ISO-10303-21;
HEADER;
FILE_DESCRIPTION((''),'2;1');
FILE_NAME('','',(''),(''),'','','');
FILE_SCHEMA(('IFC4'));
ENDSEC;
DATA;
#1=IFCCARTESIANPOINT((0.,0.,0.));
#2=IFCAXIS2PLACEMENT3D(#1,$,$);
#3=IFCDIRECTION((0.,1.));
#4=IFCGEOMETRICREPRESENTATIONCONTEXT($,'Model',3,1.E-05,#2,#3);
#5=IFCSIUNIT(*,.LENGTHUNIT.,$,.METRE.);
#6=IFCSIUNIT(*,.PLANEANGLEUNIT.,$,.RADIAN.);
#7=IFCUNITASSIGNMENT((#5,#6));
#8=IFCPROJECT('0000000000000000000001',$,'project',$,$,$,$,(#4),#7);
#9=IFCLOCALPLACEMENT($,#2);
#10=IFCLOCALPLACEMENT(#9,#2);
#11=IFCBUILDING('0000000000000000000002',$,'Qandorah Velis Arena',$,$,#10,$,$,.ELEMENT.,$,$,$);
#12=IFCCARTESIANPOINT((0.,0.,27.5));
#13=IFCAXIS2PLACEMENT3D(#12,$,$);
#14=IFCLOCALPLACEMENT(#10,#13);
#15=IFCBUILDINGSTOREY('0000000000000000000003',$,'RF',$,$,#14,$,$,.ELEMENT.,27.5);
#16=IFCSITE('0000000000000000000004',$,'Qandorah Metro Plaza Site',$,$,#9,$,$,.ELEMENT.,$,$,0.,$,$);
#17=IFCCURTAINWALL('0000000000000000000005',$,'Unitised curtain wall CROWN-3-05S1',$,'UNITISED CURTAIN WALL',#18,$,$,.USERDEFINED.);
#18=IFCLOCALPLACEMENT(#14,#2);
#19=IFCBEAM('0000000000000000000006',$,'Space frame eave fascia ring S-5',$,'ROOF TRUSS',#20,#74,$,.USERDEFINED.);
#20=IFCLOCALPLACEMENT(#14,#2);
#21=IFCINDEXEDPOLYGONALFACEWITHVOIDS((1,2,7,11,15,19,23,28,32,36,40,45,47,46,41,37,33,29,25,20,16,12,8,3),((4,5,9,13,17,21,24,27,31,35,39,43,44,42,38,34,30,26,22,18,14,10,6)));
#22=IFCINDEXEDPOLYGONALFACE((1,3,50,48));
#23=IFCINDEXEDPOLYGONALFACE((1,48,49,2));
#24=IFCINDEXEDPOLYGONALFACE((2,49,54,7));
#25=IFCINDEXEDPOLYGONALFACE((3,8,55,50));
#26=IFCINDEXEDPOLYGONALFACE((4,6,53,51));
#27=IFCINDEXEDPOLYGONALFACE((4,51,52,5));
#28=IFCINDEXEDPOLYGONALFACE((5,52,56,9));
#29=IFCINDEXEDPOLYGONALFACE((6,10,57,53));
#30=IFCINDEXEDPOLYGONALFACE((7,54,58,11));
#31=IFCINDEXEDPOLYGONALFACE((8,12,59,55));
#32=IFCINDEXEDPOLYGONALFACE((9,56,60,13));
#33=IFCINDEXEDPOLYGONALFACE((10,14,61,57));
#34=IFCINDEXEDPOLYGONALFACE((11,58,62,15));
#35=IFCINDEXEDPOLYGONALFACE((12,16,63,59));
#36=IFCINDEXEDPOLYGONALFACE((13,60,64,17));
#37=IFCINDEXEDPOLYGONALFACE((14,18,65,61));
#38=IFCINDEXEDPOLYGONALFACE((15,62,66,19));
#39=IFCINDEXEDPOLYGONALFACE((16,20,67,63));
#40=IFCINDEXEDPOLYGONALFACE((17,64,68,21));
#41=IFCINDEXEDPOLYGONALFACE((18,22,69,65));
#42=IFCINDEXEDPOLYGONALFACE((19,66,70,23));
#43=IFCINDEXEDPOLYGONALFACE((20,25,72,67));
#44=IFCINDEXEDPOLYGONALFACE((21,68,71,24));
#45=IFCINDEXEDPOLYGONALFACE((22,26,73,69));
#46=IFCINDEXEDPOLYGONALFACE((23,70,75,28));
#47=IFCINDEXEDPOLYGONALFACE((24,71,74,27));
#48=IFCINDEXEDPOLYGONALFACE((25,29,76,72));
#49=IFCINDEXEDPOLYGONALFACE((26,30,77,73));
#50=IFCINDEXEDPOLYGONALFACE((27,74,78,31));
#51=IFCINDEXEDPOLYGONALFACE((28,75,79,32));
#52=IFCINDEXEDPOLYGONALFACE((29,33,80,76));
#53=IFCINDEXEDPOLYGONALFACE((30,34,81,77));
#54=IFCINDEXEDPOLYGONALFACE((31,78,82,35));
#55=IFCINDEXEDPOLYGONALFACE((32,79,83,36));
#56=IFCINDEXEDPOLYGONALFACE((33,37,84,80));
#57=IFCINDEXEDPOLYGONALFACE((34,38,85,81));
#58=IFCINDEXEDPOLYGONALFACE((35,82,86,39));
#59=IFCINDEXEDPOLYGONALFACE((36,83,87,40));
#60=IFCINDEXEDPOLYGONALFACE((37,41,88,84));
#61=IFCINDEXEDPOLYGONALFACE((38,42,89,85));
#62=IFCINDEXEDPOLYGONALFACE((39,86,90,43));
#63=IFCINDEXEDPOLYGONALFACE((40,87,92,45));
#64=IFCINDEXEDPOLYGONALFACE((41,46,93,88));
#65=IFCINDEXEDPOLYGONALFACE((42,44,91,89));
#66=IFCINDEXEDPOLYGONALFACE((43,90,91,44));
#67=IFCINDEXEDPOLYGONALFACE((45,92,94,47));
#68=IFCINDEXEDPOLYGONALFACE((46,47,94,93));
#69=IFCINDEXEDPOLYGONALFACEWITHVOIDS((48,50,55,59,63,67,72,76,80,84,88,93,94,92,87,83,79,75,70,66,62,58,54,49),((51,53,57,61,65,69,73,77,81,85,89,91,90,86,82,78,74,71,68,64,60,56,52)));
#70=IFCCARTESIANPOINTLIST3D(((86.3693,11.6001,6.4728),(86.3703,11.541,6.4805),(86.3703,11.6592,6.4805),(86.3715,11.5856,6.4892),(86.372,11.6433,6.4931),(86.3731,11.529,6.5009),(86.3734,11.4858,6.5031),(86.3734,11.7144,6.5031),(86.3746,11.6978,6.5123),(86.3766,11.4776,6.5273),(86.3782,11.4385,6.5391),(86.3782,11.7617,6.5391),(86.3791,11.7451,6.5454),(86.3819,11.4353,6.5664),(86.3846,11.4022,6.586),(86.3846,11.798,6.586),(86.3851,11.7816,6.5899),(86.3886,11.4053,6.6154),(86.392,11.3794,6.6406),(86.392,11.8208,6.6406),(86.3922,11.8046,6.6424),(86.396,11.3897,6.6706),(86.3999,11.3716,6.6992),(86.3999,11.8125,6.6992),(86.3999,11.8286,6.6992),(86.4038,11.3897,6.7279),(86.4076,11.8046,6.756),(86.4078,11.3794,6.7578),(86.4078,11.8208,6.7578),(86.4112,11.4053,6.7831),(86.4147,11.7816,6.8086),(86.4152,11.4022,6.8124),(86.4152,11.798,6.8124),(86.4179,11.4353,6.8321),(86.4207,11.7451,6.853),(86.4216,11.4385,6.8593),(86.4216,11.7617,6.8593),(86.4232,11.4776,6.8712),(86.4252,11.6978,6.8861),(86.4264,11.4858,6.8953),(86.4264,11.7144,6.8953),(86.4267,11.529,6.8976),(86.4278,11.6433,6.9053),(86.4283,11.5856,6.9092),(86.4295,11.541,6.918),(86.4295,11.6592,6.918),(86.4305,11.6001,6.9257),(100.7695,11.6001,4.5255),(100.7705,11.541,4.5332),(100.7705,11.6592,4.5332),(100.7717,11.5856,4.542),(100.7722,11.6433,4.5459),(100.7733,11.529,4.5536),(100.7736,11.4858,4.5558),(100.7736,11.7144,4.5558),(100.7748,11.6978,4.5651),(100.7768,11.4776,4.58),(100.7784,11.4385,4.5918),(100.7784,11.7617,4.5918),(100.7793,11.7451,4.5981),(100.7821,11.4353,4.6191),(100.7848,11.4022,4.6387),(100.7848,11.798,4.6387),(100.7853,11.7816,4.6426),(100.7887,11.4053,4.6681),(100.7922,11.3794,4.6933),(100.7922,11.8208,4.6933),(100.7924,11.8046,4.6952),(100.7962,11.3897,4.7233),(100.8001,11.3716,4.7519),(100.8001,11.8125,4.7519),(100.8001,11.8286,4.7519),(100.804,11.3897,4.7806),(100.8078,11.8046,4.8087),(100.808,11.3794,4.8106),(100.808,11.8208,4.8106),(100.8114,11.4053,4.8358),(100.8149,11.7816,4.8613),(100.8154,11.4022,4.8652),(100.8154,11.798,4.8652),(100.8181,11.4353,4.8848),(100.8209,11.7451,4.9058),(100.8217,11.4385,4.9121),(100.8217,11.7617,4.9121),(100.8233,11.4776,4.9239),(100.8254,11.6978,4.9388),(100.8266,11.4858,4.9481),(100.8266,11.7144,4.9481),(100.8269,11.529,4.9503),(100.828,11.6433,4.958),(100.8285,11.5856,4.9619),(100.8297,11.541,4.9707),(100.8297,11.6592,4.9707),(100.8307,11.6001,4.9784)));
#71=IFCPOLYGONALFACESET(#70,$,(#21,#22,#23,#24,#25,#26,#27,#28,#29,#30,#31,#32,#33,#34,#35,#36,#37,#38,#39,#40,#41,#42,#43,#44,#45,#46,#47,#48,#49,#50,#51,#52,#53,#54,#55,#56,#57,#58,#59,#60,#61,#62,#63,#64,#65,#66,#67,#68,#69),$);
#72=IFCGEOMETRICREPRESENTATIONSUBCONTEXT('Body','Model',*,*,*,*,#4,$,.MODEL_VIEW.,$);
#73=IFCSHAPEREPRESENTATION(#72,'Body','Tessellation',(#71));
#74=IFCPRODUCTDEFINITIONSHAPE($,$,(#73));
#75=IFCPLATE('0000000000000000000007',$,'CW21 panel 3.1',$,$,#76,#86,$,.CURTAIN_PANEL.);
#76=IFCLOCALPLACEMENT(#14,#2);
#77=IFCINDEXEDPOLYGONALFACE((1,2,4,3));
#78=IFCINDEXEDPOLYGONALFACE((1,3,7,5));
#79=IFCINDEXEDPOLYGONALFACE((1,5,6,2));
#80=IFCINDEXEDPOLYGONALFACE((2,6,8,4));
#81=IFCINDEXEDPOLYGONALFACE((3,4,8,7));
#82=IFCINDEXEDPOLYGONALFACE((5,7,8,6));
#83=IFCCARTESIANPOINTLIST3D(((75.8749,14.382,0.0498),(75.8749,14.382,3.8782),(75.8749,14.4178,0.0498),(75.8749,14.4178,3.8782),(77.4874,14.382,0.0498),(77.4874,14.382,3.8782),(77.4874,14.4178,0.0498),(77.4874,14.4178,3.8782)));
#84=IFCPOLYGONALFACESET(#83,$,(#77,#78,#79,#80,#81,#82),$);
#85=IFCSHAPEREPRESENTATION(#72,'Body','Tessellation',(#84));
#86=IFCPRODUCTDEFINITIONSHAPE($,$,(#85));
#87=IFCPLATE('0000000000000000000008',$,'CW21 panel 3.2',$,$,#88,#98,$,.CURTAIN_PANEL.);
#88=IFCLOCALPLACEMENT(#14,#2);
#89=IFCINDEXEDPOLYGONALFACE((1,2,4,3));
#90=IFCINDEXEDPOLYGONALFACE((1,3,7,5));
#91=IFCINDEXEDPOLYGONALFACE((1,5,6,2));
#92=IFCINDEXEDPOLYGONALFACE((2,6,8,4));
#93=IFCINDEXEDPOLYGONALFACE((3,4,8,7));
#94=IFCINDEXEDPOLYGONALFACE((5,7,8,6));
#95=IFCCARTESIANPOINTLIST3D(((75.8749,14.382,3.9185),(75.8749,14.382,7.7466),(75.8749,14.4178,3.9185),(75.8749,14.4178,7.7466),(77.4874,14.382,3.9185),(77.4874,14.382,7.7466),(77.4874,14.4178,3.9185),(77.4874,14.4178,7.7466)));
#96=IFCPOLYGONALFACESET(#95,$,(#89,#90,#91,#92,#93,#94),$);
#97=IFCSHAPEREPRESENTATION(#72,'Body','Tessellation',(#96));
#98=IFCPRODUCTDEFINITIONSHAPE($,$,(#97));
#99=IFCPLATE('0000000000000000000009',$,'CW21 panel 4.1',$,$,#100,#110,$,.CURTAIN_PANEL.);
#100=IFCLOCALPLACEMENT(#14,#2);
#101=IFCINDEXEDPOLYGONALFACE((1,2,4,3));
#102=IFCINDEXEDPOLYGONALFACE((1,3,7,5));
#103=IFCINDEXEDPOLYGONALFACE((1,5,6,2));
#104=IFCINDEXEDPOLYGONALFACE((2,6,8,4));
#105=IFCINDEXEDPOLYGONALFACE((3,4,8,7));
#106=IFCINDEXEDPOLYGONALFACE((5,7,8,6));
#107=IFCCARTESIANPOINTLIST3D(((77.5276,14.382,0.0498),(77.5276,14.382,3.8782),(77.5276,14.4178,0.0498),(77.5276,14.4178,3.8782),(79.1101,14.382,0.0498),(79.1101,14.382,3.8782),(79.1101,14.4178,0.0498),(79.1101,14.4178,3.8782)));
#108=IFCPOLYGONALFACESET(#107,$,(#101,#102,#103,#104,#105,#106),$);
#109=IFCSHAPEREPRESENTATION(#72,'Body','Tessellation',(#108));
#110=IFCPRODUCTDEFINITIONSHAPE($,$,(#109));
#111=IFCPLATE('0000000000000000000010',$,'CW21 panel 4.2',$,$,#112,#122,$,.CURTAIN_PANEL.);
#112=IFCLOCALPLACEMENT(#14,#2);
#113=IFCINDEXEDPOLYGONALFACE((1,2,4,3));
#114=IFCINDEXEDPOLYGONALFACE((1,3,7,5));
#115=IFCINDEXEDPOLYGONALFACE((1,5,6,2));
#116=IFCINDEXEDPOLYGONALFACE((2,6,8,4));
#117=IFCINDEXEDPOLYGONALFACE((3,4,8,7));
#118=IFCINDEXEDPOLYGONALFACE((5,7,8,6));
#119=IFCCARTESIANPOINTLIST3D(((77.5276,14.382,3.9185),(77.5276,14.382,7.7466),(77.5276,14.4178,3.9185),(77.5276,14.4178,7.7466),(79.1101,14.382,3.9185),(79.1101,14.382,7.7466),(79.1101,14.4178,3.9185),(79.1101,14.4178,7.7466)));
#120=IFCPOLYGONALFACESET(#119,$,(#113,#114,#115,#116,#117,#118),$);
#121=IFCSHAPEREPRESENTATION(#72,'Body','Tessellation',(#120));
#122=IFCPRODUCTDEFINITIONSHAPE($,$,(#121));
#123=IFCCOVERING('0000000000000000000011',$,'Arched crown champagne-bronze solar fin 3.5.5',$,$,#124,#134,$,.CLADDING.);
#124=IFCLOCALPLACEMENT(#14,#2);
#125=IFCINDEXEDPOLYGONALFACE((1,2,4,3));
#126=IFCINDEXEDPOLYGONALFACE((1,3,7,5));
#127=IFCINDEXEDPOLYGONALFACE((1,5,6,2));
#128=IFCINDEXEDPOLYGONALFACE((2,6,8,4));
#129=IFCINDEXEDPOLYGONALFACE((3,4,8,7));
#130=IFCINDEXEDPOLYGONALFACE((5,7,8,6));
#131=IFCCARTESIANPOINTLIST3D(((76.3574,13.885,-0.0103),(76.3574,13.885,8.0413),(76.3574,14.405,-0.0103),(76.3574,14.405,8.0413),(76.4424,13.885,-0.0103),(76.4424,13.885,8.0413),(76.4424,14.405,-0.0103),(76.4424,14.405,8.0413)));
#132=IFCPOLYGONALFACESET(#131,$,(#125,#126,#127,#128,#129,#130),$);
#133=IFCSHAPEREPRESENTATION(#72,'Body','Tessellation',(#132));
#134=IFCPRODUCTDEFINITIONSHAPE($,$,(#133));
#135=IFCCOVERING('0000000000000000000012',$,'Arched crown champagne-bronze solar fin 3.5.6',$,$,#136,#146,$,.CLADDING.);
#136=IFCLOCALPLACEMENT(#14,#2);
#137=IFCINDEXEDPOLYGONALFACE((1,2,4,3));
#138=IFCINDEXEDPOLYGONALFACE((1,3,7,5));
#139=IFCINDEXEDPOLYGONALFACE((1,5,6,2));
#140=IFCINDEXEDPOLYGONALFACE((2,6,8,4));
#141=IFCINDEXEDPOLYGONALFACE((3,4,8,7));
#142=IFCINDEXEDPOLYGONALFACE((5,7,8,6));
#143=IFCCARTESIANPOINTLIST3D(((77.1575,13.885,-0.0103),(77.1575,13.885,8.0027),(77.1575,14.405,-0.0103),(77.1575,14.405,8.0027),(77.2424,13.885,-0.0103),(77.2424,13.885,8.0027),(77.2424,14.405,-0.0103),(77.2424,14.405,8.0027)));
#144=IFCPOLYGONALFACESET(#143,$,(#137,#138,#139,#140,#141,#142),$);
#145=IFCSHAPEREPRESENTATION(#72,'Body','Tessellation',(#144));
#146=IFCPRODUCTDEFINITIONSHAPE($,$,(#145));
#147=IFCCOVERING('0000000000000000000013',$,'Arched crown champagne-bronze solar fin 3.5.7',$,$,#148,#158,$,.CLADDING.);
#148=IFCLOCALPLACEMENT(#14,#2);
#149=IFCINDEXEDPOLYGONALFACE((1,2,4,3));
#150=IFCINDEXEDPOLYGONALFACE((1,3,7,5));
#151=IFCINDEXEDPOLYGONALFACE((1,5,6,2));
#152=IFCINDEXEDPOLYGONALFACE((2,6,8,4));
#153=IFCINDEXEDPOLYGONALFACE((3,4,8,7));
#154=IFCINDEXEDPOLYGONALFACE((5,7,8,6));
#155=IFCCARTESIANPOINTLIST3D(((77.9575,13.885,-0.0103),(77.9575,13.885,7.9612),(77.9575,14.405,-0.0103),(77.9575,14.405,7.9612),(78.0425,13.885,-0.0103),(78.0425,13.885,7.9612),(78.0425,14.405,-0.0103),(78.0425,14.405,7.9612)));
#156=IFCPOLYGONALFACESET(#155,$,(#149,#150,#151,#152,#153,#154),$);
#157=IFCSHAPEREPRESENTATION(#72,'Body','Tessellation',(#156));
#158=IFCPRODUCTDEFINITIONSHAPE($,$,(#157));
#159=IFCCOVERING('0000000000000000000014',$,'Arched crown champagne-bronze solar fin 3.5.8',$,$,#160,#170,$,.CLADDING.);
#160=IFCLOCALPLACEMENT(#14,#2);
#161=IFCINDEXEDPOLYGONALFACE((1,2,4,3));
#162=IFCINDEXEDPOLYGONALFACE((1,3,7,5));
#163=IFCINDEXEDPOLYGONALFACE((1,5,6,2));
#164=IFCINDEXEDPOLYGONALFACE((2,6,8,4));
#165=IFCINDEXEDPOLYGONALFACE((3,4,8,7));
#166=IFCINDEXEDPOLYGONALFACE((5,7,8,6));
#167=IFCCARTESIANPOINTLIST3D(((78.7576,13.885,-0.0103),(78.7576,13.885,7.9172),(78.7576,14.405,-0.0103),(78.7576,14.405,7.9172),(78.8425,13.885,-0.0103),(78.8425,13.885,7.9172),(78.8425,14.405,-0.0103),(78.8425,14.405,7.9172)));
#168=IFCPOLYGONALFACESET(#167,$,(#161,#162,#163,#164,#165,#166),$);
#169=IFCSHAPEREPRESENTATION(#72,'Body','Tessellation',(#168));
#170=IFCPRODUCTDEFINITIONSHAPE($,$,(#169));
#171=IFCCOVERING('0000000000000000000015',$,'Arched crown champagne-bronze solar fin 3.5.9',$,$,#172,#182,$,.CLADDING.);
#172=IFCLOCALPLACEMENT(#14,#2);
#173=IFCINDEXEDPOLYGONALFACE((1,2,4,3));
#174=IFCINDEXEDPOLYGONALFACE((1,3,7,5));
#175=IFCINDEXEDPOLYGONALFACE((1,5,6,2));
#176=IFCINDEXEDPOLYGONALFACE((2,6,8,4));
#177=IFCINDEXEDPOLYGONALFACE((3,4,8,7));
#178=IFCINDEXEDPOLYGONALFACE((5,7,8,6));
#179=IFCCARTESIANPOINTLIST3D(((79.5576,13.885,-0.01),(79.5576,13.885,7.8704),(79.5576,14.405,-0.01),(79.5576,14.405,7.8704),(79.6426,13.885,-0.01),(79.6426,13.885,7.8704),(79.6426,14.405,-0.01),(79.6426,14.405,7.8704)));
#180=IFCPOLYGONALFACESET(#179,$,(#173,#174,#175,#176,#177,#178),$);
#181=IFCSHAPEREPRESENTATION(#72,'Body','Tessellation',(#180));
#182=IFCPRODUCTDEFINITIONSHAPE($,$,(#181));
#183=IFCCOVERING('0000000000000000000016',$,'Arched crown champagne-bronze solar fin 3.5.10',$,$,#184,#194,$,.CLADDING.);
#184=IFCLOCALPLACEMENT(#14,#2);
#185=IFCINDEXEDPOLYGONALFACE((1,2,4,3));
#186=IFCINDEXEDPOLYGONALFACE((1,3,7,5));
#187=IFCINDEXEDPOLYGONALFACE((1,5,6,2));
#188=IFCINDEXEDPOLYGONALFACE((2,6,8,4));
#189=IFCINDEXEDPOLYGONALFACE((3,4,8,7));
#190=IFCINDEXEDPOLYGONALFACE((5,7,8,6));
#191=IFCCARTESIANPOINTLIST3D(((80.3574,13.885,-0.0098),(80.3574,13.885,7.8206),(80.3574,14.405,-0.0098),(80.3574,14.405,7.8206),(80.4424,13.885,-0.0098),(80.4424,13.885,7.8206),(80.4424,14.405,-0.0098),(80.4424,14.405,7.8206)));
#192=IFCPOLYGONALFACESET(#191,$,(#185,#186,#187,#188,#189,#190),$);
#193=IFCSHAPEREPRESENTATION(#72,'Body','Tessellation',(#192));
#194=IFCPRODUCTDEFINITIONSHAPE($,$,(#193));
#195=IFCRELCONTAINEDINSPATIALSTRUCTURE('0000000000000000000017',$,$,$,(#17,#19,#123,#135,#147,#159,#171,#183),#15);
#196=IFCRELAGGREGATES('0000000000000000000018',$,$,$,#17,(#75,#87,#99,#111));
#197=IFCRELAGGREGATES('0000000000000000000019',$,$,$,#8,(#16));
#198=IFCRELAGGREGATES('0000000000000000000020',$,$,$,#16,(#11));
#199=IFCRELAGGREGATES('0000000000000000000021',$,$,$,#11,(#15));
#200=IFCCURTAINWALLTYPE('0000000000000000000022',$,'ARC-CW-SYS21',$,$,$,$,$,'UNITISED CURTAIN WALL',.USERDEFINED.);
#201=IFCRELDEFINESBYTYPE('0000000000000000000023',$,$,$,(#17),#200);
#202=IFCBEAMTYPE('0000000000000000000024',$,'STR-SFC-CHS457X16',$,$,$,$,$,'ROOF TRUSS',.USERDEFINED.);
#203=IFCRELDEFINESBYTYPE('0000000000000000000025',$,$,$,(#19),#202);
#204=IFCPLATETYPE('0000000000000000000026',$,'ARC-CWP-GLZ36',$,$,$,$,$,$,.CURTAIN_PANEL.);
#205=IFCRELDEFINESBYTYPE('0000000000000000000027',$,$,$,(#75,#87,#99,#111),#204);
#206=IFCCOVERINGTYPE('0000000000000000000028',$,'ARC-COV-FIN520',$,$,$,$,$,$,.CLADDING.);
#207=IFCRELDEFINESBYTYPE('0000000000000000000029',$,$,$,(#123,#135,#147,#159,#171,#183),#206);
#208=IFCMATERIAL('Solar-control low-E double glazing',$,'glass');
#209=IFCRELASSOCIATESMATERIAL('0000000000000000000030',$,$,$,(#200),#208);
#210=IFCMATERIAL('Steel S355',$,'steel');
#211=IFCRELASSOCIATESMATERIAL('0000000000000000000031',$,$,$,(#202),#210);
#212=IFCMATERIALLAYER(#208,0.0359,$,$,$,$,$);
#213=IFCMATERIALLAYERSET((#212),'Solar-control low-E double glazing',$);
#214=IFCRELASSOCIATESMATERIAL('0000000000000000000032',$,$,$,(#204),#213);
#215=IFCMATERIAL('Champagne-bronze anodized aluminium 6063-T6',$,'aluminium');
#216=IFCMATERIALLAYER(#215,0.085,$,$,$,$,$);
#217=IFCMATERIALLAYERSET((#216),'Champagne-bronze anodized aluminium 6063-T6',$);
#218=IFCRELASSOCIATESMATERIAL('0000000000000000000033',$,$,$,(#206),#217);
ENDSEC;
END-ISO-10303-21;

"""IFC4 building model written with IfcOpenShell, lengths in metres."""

from ifc_helpers import new_model, si_unit, direction, frame, origin, origin_2d, place, context, subcontext, project, spatial, rectangle, hollow_circle, extrude, material, layer, layer_set, material_profile, profile_set, type_object, element, aggregate, save


model = new_model("IFC4")

# Units and contexts
model_context = context("Model", 3, precision=1e-05, world=origin(), true_north=direction((0.0, 1.0)))
body_context = subcontext(model_context, "Body", "Model", "MODEL_VIEW")
ifc_project = project(units=[si_unit("LENGTHUNIT", "METRE"), si_unit("PLANEANGLEUNIT", "RADIAN")], contexts=[model_context])

# Site, building, storey
site_placement = place(None, origin())
site = spatial("IfcSite", under=ifc_project, at=site_placement, Name="Qandorah Metro Plaza Site", CompositionType="ELEMENT", RefElevation=0.0)
building_placement = place(site_placement, origin())
building = spatial("IfcBuilding", under=site, at=building_placement, Name="Qandorah Velis Arena", CompositionType="ELEMENT")
storey_placement = place(building_placement, frame((0.0, 0.0, 27.5)))
storey = spatial("IfcBuildingStorey", under=building, at=storey_placement, Name="RF", CompositionType="ELEMENT", Elevation=27.5)

# Curtain wall
ifc_material_1 = material(Name="Solar-control low-E double glazing", Category="glass")
curtain_wall_type = type_object("IfcCurtainWallType", Name="ARC-CW-SYS21", ElementType="UNITISED CURTAIN WALL", PredefinedType="USERDEFINED", material=ifc_material_1)
curtain_wall_placement = place(storey_placement, origin())
curtain_wall = element("IfcCurtainWall", 1, at=curtain_wall_placement, inside=storey, type_object=curtain_wall_type, Name="Unitised curtain wall CROWN-3-05S1", ObjectType="UNITISED CURTAIN WALL", PredefinedType="USERDEFINED")
ifc_material_2 = material(Name="Champagne-bronze anodized aluminium 6063-T6", Category="aluminium")

# Beam
ifc_material_3 = material(Name="Steel S355", Category="steel")
ifc_material_profile_1 = material_profile(ifc_material_3, hollow_circle(Radius=0.2285, WallThickness=0.0161, at=origin_2d()), Name="CHS 457x16")
ifc_profile_set_1 = profile_set([ifc_material_profile_1], Name="Steel S355")
beam_type_1 = type_object("IfcBeamType", Name="STR-SFC-CHS457X16", ElementType="ROOF TRUSS", PredefinedType="USERDEFINED", material=ifc_profile_set_1)
beam_1_placement = place(storey_placement, frame((86.3999, 11.6001, 6.6992), z_axis=(0.990981, 0.0, -0.134006), x_axis=(0.0, 1.0, 0.0)))
element("IfcBeam", 2, at=beam_1_placement, inside=storey, type_object=beam_type_1, Name="Space frame eave fascia ring S-5", ObjectType="ROOF TRUSS", PredefinedType="USERDEFINED", context=body_context, shape_type="SweptSolid", body=[
    extrude(hollow_circle(Radius=0.2285, WallThickness=0.0161, at=origin_2d()), origin(), (0.0, 0.0, 1.0), 14.5312),
])

# Plates
ifc_layer_1 = layer(ifc_material_1, 0.0359)
ifc_layer_set_1 = layer_set([ifc_layer_1], Name="Solar-control low-E double glazing")
plate_type = type_object("IfcPlateType", Name="ARC-CWP-GLZ36", PredefinedType="CURTAIN_PANEL", material=ifc_layer_set_1)
plate_1_placement = place(storey_placement, frame((76.6812, 14.3999, 0.0498), z_axis=(0.0, 0.0, 1.0), x_axis=(1.0, 0.0, 0.0)))
plate_1 = element("IfcPlate", 3, at=plate_1_placement, type_object=plate_type, Name="CW21 panel 3.1", PredefinedType="CURTAIN_PANEL", context=body_context, shape_type="SweptSolid", body=[
    extrude(rectangle(XDim=1.6125, YDim=0.0359, at=origin_2d()), origin(), (0.0, 0.0, 1.0), 3.8284),
])
plate_2_placement = place(storey_placement, frame((76.6812, 14.3999, 3.9185), z_axis=(0.0, 0.0, 1.0), x_axis=(1.0, 0.0, 0.0)))
plate_2 = element("IfcPlate", 4, at=plate_2_placement, type_object=plate_type, Name="CW21 panel 3.2", PredefinedType="CURTAIN_PANEL", context=body_context, shape_type="SweptSolid", body=[
    extrude(rectangle(XDim=1.6125, YDim=0.0359, at=origin_2d()), origin(), (0.0, 0.0, 1.0), 3.8281),
])
plate_3_placement = place(storey_placement, frame((78.3188, 14.3999, 0.0498), z_axis=(0.0, 0.0, 1.0), x_axis=(1.0, 0.0, 0.0)))
plate_3 = element("IfcPlate", 5, at=plate_3_placement, type_object=plate_type, Name="CW21 panel 4.1", PredefinedType="CURTAIN_PANEL", context=body_context, shape_type="SweptSolid", body=[
    extrude(rectangle(XDim=1.5825, YDim=0.0359, at=origin_2d()), origin(), (0.0, 0.0, 1.0), 3.8284),
])
plate_4_placement = place(storey_placement, frame((78.3188, 14.3999, 3.9185), z_axis=(0.0, 0.0, 1.0), x_axis=(1.0, 0.0, 0.0)))
plate_4 = element("IfcPlate", 6, at=plate_4_placement, type_object=plate_type, Name="CW21 panel 4.2", PredefinedType="CURTAIN_PANEL", context=body_context, shape_type="SweptSolid", body=[
    extrude(rectangle(XDim=1.5825, YDim=0.0359, at=origin_2d()), origin(), (0.0, 0.0, 1.0), 3.8281),
])
aggregate(curtain_wall, [plate_1, plate_2, plate_3, plate_4])

# Coverings
ifc_layer_2 = layer(ifc_material_2, 0.085)
ifc_layer_set_2 = layer_set([ifc_layer_2], Name="Champagne-bronze anodized aluminium 6063-T6")
covering_type = type_object("IfcCoveringType", Name="ARC-COV-FIN520", PredefinedType="CLADDING", material=ifc_layer_set_2)
covering_1_placement = place(storey_placement, frame((76.3999, 14.145, -0.0103), z_axis=(0.0, 0.0, 1.0), x_axis=(1.0, 0.0, 0.0)))
element("IfcCovering", 7, at=covering_1_placement, inside=storey, type_object=covering_type, Name="Arched crown champagne-bronze solar fin 3.5.5", PredefinedType="CLADDING", context=body_context, shape_type="SweptSolid", body=[
    extrude(rectangle(XDim=0.085, YDim=0.52, at=origin_2d()), origin(), (0.0, 0.0, 1.0), 8.0515),
])
covering_2_placement = place(storey_placement, frame((77.2, 14.145, -0.0103), z_axis=(0.0, 0.0, 1.0), x_axis=(1.0, 0.0, 0.0)))
element("IfcCovering", 8, at=covering_2_placement, inside=storey, type_object=covering_type, Name="Arched crown champagne-bronze solar fin 3.5.6", PredefinedType="CLADDING", context=body_context, shape_type="SweptSolid", body=[
    extrude(rectangle(XDim=0.085, YDim=0.52, at=origin_2d()), origin(), (0.0, 0.0, 1.0), 8.0129),
])
covering_3_placement = place(storey_placement, frame((78.0, 14.145, -0.0103), z_axis=(0.0, 0.0, 1.0), x_axis=(1.0, 0.0, 0.0)))
element("IfcCovering", 9, at=covering_3_placement, inside=storey, type_object=covering_type, Name="Arched crown champagne-bronze solar fin 3.5.7", PredefinedType="CLADDING", context=body_context, shape_type="SweptSolid", body=[
    extrude(rectangle(XDim=0.085, YDim=0.52, at=origin_2d()), origin(), (0.0, 0.0, 1.0), 7.9714),
])
covering_4_placement = place(storey_placement, frame((78.8, 14.145, -0.0103), z_axis=(0.0, 0.0, 1.0), x_axis=(1.0, 0.0, 0.0)))
element("IfcCovering", 10, at=covering_4_placement, inside=storey, type_object=covering_type, Name="Arched crown champagne-bronze solar fin 3.5.8", PredefinedType="CLADDING", context=body_context, shape_type="SweptSolid", body=[
    extrude(rectangle(XDim=0.085, YDim=0.52, at=origin_2d()), origin(), (0.0, 0.0, 1.0), 7.9275),
])
covering_5_placement = place(storey_placement, frame((79.6001, 14.145, -0.01), z_axis=(0.0, 0.0, 1.0), x_axis=(1.0, 0.0, 0.0)))
element("IfcCovering", 11, at=covering_5_placement, inside=storey, type_object=covering_type, Name="Arched crown champagne-bronze solar fin 3.5.9", PredefinedType="CLADDING", context=body_context, shape_type="SweptSolid", body=[
    extrude(rectangle(XDim=0.085, YDim=0.52, at=origin_2d()), origin(), (0.0, 0.0, 1.0), 7.8804),
])
covering_6_placement = place(storey_placement, frame((80.3999, 14.145, -0.0098), z_axis=(0.0, 0.0, 1.0), x_axis=(1.0, 0.0, 0.0)))
element("IfcCovering", 12, at=covering_6_placement, inside=storey, type_object=covering_type, Name="Arched crown champagne-bronze solar fin 3.5.10", PredefinedType="CLADDING", context=body_context, shape_type="SweptSolid", body=[
    extrude(rectangle(XDim=0.085, YDim=0.52, at=origin_2d()), origin(), (0.0, 0.0, 1.0), 7.8303),
])

save(model, "model.ifc")
